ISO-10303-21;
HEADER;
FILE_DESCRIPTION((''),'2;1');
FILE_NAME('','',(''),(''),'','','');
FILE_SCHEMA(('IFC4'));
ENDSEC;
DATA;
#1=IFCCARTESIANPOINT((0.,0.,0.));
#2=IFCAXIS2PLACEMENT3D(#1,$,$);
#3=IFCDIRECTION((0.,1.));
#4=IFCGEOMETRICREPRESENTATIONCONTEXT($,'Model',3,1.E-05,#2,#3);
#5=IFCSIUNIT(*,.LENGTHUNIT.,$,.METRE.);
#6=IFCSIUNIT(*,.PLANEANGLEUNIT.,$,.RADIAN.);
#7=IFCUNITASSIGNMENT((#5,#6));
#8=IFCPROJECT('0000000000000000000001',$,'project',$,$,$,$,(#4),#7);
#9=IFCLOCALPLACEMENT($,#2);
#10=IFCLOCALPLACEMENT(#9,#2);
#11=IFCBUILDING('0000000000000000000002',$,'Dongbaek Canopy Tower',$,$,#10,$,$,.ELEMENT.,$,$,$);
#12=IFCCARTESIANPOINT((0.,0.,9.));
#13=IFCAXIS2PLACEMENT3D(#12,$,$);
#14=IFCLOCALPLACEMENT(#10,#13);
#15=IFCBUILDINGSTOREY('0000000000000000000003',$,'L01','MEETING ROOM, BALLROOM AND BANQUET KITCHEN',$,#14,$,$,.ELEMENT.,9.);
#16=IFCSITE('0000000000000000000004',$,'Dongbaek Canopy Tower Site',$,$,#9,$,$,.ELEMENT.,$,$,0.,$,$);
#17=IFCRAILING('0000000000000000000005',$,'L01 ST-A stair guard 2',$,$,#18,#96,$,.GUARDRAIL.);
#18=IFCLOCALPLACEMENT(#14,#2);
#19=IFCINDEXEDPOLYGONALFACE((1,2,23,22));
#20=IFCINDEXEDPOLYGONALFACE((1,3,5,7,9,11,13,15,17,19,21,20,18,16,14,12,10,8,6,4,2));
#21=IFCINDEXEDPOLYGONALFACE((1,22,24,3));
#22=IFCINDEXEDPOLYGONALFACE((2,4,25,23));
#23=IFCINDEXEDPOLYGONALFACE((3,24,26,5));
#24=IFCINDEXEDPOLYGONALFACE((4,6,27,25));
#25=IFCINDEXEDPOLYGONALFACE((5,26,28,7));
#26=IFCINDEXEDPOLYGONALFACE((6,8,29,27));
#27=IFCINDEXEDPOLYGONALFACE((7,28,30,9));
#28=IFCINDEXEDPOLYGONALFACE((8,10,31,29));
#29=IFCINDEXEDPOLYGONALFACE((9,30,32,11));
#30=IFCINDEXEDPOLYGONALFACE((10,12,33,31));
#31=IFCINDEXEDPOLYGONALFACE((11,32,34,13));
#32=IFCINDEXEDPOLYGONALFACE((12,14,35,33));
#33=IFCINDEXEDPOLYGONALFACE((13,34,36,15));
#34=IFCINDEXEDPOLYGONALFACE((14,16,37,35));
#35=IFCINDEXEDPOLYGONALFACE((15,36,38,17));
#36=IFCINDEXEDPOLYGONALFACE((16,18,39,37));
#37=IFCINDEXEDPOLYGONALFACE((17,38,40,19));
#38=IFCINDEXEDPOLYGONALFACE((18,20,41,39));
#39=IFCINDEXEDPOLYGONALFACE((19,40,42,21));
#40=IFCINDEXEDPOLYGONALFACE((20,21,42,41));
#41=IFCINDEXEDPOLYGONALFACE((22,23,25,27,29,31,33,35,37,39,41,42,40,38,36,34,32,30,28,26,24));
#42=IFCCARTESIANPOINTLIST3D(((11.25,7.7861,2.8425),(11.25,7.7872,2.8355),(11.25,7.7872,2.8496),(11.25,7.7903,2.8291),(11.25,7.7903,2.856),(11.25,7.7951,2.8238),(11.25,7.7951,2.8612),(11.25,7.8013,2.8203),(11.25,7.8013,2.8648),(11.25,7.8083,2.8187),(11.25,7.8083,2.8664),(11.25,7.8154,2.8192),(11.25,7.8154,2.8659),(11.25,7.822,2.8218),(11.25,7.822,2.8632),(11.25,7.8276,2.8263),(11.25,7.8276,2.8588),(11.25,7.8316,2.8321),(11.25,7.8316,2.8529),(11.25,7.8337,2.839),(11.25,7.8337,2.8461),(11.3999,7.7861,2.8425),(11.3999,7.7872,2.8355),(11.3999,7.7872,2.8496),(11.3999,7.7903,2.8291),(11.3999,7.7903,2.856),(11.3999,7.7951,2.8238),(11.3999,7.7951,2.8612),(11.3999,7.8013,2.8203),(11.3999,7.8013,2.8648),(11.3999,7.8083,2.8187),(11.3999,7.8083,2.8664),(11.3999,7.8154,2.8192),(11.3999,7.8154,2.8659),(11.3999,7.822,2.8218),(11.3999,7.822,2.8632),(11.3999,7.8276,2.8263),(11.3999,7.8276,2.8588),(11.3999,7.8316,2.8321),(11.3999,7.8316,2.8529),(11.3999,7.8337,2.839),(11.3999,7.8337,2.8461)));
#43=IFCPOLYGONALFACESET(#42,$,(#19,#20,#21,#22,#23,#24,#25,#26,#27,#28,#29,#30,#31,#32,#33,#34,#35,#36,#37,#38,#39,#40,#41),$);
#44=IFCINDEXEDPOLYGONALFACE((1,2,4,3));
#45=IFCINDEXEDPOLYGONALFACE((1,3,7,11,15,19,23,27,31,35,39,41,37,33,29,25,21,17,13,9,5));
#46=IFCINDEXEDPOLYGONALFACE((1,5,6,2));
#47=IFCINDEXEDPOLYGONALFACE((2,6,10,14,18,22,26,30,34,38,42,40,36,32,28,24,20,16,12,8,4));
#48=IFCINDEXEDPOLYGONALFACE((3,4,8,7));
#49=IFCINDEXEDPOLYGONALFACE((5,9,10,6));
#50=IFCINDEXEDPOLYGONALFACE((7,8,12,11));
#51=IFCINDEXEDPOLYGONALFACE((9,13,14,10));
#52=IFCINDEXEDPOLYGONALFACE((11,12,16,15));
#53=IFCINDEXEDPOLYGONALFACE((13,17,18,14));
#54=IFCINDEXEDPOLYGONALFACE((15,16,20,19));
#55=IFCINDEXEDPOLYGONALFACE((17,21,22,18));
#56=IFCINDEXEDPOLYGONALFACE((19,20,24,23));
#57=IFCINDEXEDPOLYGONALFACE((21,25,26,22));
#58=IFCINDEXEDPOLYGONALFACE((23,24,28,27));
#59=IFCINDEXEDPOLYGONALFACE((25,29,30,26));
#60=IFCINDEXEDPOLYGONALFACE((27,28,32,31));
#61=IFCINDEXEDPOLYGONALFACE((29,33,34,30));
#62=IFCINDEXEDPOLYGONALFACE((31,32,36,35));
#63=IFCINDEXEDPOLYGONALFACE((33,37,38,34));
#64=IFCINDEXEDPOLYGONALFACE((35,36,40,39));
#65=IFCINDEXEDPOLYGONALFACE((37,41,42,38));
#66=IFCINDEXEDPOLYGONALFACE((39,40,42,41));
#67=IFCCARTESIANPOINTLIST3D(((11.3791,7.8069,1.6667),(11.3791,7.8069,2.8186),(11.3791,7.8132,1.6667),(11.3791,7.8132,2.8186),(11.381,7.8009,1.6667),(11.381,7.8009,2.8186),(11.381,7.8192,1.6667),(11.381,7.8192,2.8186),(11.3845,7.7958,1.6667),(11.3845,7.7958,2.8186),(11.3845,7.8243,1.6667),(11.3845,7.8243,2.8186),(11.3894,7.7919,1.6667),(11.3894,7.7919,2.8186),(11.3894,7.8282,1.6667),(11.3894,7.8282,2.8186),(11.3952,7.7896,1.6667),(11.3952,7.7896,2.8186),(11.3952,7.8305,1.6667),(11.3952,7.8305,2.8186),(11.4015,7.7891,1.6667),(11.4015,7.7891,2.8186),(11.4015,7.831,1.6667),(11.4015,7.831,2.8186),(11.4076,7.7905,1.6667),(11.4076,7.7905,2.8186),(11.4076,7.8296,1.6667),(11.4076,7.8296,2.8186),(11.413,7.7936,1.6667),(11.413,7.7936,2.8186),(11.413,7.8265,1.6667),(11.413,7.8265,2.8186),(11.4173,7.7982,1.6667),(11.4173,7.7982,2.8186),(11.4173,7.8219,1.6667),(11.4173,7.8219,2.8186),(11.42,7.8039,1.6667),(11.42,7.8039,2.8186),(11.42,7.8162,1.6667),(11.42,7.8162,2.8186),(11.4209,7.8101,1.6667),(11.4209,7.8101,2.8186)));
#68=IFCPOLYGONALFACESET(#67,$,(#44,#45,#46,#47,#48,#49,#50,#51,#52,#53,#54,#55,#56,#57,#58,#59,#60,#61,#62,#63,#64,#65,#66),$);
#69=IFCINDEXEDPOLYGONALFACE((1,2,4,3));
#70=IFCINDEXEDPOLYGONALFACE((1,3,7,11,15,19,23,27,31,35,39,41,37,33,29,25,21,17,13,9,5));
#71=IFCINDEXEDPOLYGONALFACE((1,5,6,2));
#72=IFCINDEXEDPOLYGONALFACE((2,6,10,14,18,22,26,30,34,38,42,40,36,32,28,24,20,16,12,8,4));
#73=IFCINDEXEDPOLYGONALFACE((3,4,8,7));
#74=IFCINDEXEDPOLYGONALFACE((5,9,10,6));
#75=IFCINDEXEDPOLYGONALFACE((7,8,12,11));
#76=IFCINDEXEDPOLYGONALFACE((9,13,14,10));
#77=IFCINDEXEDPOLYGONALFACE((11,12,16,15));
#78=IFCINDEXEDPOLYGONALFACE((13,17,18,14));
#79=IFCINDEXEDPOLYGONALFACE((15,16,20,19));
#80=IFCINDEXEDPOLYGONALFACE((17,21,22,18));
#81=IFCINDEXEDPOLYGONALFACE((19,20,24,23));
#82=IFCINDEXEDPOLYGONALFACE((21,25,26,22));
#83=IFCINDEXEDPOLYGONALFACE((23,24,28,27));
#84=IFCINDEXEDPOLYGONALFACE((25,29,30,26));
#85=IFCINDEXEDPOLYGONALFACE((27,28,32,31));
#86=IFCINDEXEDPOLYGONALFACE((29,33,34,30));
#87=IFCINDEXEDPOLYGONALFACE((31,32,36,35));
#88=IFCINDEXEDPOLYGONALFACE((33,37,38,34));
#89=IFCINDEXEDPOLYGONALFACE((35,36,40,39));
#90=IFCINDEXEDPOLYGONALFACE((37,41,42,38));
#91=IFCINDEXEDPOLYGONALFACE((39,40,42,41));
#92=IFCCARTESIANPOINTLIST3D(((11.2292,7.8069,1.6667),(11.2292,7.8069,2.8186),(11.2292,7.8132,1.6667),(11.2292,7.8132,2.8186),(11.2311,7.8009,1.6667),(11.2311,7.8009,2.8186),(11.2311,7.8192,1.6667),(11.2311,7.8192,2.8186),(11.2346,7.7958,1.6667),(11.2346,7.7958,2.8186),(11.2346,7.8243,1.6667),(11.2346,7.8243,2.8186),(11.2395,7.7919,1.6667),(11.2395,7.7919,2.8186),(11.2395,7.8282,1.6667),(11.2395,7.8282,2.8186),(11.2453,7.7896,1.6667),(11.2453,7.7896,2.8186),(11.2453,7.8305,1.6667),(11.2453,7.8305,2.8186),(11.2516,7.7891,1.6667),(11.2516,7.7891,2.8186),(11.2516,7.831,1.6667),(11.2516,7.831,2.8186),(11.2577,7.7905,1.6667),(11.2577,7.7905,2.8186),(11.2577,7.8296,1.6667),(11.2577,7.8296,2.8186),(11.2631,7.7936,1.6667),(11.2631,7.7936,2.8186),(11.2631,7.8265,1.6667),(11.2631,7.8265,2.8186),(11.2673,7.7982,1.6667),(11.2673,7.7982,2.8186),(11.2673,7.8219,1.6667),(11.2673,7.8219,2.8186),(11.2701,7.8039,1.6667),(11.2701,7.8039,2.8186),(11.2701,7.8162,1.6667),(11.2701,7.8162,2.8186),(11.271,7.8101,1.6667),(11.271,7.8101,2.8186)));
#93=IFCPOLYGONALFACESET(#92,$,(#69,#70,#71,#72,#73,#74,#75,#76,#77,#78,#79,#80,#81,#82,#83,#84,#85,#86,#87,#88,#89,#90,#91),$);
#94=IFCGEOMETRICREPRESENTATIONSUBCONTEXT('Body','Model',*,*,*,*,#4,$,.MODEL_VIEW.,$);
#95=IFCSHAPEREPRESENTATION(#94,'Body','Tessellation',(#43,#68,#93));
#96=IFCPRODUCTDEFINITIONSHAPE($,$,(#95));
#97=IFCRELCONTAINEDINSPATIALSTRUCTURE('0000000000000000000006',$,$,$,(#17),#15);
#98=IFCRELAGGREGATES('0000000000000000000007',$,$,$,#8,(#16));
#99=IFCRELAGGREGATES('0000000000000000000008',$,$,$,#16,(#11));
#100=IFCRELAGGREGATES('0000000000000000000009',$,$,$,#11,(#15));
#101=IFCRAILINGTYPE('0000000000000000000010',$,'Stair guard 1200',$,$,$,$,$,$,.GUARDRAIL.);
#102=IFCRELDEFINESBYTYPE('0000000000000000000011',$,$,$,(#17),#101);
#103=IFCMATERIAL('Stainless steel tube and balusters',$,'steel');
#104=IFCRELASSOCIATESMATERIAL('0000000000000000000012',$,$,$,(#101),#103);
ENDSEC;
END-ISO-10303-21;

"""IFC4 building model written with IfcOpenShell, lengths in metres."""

from ifc_helpers import new_model, si_unit, direction, frame, origin, origin_2d, place, context, subcontext, project, spatial, circle, extrude, material, type_object, element, save


model = new_model("IFC4")

# Units and contexts
model_context = context("Model", 3, precision=1e-05, world=origin(), true_north=direction((0.0, 1.0)))
body_context = subcontext(model_context, "Body", "Model", "MODEL_VIEW")
ifc_project = project(units=[si_unit("LENGTHUNIT", "METRE"), si_unit("PLANEANGLEUNIT", "RADIAN")], contexts=[model_context])

# Site, building, storey
site_placement = place(None, origin())
site = spatial("IfcSite", under=ifc_project, at=site_placement, Name="Dongbaek Canopy Tower Site", CompositionType="ELEMENT", RefElevation=0.0)
building_placement = place(site_placement, origin())
building = spatial("IfcBuilding", under=site, at=building_placement, Name="Dongbaek Canopy Tower", CompositionType="ELEMENT")
storey_placement = place(building_placement, frame((0.0, 0.0, 9.0)))
storey = spatial("IfcBuildingStorey", under=building, at=storey_placement, Name="L01", Description="MEETING ROOM, BALLROOM AND BANQUET KITCHEN", CompositionType="ELEMENT", Elevation=9.0)

# Railing
ifc_material_1 = material(Name="Stainless steel tube and balusters", Category="steel")
railing_type = type_object("IfcRailingType", Name="Stair guard 1200", PredefinedType="GUARDRAIL", material=ifc_material_1)
railing_1_placement = place(storey_placement, frame((11.3999, 7.8101, 1.6667)))
element("IfcRailing", 1, at=railing_1_placement, inside=storey, type_object=railing_type, Name="L01 ST-A stair guard 2", PredefinedType="GUARDRAIL", context=body_context, shape_type="SweptSolid", body=[
    extrude(circle(Radius=0.0239, at=origin_2d()), frame((0.0, 0.0, 1.1758), z_axis=(-1.0, 0.0, 0.0), x_axis=(0.0, -1.0, 0.0)), (0.0, 0.0, 1.0), 0.1499),
    extrude(circle(Radius=0.021, at=origin_2d()), origin(), (0.0, 0.0, 1.0), 1.1519),
    extrude(circle(Radius=0.021, at=origin_2d()), frame((-0.1499, 0.0, 0.0)), (0.0, 0.0, 1.0), 1.1519),
])

save(model, "model.ifc")
